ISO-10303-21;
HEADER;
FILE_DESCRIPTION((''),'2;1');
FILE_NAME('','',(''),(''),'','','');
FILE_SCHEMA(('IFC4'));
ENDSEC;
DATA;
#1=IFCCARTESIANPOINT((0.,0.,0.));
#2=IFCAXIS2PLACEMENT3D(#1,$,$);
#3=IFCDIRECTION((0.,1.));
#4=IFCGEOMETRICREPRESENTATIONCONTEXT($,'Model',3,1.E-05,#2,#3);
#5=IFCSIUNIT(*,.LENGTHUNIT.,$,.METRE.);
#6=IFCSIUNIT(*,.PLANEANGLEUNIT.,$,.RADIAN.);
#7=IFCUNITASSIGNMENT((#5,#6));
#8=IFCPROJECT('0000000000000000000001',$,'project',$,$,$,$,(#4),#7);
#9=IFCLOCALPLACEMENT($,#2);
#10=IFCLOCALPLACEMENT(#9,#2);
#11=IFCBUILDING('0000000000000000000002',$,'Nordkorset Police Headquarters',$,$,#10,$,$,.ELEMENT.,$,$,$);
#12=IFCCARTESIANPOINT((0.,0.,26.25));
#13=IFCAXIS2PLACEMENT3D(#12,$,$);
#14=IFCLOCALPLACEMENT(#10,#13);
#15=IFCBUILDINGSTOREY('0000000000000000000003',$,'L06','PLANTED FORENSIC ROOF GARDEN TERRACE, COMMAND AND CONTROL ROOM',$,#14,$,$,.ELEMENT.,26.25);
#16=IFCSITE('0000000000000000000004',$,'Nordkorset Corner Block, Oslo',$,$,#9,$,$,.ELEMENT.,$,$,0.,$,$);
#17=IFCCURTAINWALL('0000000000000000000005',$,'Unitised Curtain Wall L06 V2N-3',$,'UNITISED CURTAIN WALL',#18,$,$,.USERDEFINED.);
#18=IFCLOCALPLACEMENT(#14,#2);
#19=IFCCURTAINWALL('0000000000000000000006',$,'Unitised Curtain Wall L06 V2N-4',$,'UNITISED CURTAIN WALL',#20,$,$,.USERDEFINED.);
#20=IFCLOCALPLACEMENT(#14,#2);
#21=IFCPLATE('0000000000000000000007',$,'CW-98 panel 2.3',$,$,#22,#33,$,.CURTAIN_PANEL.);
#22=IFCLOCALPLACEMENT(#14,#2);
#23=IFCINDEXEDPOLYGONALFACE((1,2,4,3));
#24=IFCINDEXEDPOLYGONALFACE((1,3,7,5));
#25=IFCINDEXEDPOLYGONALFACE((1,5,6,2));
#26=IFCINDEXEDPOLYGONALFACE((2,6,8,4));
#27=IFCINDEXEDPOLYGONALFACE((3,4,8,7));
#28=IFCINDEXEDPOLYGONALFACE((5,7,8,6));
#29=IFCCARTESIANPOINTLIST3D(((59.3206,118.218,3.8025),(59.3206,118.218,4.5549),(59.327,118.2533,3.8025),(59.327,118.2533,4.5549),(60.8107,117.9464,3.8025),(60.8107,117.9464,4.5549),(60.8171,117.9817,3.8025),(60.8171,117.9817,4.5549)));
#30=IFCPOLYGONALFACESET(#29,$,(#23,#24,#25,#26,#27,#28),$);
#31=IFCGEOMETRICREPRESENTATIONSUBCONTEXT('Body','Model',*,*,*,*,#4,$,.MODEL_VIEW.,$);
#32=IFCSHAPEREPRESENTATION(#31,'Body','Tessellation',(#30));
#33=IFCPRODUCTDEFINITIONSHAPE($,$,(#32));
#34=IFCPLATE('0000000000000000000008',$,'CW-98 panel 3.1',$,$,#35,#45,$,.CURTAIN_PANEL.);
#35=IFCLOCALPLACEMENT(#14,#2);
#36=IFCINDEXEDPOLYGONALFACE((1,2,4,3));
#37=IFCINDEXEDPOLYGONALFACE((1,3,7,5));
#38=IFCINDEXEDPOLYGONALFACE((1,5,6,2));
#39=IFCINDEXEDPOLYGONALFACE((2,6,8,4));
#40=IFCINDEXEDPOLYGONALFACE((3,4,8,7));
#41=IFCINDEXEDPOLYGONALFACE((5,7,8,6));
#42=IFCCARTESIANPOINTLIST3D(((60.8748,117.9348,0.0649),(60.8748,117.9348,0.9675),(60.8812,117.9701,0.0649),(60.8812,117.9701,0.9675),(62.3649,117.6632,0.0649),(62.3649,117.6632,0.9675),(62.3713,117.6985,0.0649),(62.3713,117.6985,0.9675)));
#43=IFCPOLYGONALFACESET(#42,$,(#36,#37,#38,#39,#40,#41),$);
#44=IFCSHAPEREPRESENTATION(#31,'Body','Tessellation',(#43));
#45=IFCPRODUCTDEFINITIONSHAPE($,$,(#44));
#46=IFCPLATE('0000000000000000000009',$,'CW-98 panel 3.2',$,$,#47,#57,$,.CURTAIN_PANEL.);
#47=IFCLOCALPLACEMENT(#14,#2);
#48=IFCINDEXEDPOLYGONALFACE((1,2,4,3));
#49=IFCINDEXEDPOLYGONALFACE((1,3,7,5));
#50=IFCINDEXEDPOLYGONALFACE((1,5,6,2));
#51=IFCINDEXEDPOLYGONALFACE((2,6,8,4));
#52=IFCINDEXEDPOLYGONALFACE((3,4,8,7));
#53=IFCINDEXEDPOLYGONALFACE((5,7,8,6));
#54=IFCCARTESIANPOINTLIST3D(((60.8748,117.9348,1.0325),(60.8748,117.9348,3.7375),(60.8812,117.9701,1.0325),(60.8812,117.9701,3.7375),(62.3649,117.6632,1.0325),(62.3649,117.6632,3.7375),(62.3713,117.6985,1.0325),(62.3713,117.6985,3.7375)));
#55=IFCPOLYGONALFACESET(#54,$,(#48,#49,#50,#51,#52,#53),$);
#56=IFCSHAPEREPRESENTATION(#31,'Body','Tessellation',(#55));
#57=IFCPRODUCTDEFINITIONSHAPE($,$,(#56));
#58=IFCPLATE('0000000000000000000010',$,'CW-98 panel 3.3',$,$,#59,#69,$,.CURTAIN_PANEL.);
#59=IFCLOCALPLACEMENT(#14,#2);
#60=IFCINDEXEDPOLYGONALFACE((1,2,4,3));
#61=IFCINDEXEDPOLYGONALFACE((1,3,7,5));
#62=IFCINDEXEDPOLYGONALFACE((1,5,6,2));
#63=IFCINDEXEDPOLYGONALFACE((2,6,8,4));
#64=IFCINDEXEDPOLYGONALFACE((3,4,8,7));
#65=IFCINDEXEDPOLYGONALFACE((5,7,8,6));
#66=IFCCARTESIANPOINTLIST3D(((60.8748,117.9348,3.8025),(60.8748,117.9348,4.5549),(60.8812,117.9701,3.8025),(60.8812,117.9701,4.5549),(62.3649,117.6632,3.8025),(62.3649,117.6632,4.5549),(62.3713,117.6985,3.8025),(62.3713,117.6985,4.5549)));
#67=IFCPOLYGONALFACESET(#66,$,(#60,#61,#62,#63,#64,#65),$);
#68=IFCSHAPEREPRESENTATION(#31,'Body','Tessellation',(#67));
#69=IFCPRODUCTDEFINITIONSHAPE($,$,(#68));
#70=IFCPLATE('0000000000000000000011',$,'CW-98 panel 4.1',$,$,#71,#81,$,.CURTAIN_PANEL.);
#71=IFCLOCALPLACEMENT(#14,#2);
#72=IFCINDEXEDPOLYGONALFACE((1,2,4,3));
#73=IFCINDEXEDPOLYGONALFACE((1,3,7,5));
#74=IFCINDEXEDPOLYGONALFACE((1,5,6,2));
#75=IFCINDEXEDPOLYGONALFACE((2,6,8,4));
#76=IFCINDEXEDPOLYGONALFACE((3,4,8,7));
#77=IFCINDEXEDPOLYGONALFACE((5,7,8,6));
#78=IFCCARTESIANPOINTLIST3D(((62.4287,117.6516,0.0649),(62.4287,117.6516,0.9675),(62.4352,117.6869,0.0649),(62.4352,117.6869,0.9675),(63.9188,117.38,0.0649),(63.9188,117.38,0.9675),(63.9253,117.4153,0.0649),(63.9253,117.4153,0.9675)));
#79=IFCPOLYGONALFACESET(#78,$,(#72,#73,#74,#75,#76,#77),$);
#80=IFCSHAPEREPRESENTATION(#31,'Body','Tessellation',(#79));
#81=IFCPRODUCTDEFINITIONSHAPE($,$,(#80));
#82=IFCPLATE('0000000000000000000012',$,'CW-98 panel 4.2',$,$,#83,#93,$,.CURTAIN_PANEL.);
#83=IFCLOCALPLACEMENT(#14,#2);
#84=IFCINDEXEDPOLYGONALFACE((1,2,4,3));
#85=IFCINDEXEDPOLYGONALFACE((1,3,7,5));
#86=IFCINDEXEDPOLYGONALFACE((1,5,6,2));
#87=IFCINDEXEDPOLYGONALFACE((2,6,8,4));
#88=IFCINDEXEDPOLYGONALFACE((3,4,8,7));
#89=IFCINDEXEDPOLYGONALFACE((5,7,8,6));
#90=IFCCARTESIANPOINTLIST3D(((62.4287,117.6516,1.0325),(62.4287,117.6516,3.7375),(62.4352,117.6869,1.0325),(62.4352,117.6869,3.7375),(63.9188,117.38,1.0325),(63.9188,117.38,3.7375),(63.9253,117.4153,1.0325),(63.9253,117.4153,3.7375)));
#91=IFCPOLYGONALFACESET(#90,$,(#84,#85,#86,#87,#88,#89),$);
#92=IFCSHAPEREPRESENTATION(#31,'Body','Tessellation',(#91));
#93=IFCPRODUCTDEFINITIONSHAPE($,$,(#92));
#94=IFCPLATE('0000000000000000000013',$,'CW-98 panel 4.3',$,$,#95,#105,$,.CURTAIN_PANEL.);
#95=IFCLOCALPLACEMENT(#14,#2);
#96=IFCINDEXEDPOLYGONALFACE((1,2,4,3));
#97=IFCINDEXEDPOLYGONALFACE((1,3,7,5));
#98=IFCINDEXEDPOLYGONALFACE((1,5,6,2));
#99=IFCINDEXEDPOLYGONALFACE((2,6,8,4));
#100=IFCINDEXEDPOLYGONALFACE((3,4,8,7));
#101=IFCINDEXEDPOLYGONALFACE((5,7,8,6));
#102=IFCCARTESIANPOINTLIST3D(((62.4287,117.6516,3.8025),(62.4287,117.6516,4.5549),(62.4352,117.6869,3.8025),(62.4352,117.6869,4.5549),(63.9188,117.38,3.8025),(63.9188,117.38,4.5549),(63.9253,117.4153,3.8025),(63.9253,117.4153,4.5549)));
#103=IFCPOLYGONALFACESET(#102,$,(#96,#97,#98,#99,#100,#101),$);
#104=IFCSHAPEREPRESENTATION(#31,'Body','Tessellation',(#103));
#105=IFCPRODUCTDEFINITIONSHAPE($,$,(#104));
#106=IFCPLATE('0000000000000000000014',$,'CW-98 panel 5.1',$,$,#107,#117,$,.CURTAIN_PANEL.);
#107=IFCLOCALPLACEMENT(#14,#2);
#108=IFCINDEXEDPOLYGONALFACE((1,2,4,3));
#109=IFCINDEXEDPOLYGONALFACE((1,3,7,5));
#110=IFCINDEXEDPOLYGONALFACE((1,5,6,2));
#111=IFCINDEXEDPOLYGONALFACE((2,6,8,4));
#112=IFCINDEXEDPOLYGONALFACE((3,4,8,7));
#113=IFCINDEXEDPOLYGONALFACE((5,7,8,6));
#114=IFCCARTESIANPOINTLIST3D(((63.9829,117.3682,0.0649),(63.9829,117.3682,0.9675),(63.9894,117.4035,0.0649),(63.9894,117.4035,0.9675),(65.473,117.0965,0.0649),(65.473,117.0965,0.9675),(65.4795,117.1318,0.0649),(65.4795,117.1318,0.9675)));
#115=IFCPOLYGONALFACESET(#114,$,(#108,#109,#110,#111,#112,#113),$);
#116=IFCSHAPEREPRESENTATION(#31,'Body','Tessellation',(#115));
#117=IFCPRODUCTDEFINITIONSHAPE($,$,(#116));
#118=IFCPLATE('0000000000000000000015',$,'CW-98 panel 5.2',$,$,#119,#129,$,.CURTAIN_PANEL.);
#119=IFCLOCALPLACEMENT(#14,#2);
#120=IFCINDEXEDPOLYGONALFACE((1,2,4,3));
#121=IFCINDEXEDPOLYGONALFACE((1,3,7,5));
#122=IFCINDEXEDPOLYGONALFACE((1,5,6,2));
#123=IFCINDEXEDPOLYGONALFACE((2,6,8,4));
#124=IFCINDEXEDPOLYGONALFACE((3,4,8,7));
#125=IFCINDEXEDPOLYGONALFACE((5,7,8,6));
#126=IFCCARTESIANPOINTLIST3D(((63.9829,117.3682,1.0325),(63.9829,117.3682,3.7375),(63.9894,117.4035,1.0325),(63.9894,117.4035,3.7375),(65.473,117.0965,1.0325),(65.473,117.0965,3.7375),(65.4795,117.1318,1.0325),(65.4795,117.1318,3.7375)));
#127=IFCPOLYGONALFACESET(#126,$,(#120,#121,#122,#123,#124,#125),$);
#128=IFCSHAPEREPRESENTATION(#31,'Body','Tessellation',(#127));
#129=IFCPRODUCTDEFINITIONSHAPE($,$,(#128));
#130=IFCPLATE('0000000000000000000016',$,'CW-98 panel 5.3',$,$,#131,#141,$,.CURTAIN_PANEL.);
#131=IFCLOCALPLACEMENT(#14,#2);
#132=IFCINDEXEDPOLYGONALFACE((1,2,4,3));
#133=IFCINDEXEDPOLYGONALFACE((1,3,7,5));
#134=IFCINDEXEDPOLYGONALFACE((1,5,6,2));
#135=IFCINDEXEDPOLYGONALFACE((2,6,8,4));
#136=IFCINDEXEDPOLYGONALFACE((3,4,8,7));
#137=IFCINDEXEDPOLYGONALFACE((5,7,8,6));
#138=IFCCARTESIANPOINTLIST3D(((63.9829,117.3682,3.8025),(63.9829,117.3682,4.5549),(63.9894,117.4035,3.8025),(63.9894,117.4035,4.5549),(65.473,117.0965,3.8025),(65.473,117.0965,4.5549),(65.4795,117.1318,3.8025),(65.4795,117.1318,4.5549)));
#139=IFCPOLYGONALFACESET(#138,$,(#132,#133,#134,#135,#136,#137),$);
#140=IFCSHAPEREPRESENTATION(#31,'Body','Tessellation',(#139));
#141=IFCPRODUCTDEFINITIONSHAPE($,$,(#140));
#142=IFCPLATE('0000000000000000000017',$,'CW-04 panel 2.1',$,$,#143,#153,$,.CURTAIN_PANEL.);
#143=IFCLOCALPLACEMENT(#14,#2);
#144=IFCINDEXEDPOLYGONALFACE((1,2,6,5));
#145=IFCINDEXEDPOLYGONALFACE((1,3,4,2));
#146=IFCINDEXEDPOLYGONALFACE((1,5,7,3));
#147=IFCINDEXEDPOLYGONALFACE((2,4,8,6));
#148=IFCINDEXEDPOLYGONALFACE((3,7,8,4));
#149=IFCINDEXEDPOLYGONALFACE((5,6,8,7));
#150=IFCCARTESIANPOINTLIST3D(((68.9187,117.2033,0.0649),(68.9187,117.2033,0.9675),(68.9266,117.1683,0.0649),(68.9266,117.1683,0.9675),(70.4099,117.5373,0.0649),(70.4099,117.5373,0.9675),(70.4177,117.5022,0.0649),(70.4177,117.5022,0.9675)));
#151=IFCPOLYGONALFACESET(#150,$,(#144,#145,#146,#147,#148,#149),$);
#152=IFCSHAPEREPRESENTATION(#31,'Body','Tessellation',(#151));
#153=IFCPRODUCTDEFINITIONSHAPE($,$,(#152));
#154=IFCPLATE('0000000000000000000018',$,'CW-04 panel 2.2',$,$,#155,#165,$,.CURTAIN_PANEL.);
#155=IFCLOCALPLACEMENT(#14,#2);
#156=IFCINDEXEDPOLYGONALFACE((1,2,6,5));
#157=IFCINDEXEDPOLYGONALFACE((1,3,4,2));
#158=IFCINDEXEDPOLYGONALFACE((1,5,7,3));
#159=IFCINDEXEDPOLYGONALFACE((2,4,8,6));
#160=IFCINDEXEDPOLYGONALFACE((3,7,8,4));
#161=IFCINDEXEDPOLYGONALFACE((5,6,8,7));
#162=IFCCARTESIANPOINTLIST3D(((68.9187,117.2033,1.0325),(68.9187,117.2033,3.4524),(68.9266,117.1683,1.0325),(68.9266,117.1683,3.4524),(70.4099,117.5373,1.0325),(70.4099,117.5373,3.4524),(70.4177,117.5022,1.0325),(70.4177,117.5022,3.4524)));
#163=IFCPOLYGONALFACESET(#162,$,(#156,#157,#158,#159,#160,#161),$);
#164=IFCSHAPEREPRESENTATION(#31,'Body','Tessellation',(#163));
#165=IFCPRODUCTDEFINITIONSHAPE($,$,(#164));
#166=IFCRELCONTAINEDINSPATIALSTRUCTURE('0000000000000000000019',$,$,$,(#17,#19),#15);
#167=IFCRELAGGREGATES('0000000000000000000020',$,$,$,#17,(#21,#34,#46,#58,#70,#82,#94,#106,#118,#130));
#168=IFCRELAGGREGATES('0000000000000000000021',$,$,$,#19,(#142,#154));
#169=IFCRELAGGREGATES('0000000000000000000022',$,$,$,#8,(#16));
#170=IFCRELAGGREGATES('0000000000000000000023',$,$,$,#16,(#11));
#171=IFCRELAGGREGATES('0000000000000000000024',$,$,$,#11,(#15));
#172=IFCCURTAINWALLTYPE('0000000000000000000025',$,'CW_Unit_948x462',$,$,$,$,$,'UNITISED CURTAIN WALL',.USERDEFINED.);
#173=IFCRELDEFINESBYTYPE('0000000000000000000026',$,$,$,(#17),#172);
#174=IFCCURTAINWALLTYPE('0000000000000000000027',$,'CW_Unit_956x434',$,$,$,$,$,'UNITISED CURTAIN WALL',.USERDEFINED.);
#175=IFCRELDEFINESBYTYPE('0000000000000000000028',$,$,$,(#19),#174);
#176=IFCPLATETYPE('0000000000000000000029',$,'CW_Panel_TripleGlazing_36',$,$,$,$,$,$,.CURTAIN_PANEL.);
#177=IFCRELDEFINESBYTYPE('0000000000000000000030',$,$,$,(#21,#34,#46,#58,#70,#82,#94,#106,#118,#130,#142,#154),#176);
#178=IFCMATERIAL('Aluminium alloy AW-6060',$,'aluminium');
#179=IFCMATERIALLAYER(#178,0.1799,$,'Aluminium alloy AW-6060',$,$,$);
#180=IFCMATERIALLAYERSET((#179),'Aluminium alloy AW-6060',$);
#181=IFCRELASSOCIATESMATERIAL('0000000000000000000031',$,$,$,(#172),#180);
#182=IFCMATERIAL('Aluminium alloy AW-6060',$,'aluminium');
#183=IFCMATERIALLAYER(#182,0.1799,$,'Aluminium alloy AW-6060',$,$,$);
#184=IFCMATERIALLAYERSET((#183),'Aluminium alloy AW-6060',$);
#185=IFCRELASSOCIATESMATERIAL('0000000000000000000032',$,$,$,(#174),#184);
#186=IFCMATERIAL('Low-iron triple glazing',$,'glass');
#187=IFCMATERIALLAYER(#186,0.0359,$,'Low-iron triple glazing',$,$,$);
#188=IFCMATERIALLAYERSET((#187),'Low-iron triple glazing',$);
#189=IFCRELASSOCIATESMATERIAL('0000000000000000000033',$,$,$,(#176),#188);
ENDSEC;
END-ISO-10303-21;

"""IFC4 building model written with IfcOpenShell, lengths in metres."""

from ifc_helpers import new_model, si_unit, direction, frame, origin, origin_2d, place, context, subcontext, project, spatial, rectangle, extrude, material, layer, layer_set, type_object, element, aggregate, save


model = new_model("IFC4")

# Units and contexts
model_context = context("Model", 3, precision=1e-05, world=origin(), true_north=direction((0.0, 1.0)))
body_context = subcontext(model_context, "Body", "Model", "MODEL_VIEW")
ifc_project = project(units=[si_unit("LENGTHUNIT", "METRE"), si_unit("PLANEANGLEUNIT", "RADIAN")], contexts=[model_context])

# Site, building, storey
site_placement = place(None, origin())
site = spatial("IfcSite", under=ifc_project, at=site_placement, Name="Nordkorset Corner Block, Oslo", CompositionType="ELEMENT", RefElevation=0.0)
building_placement = place(site_placement, origin())
building = spatial("IfcBuilding", under=site, at=building_placement, Name="Nordkorset Police Headquarters", CompositionType="ELEMENT")
storey_placement = place(building_placement, frame((0.0, 0.0, 26.25)))
storey = spatial("IfcBuildingStorey", under=building, at=storey_placement, Name="L06", Description="PLANTED FORENSIC ROOF GARDEN TERRACE, COMMAND AND CONTROL ROOM", CompositionType="ELEMENT", Elevation=26.25)

# Curtain walls
ifc_material_1 = material(Name="Aluminium alloy AW-6060", Category="aluminium")
ifc_layer_1 = layer(ifc_material_1, 0.1799, Name="Aluminium alloy AW-6060")
ifc_layer_set_1 = layer_set([ifc_layer_1], Name="Aluminium alloy AW-6060")
curtain_wall_type_1 = type_object("IfcCurtainWallType", Name="CW_Unit_948x462", ElementType="UNITISED CURTAIN WALL", PredefinedType="USERDEFINED", material=ifc_layer_set_1)
curtain_wall_1_placement = place(storey_placement, origin())
curtain_wall_1 = element("IfcCurtainWall", 1, at=curtain_wall_1_placement, inside=storey, type_object=curtain_wall_type_1, Name="Unitised Curtain Wall L06 V2N-3", ObjectType="UNITISED CURTAIN WALL", PredefinedType="USERDEFINED")
ifc_material_2 = material(Name="Aluminium alloy AW-6060", Category="aluminium")
ifc_layer_2 = layer(ifc_material_2, 0.1799, Name="Aluminium alloy AW-6060")
ifc_layer_set_2 = layer_set([ifc_layer_2], Name="Aluminium alloy AW-6060")
curtain_wall_type_2 = type_object("IfcCurtainWallType", Name="CW_Unit_956x434", ElementType="UNITISED CURTAIN WALL", PredefinedType="USERDEFINED", material=ifc_layer_set_2)
curtain_wall_2_placement = place(storey_placement, origin())
curtain_wall_2 = element("IfcCurtainWall", 2, at=curtain_wall_2_placement, inside=storey, type_object=curtain_wall_type_2, Name="Unitised Curtain Wall L06 V2N-4", ObjectType="UNITISED CURTAIN WALL", PredefinedType="USERDEFINED")

# Plates
ifc_material_3 = material(Name="Low-iron triple glazing", Category="glass")
ifc_layer_3 = layer(ifc_material_3, 0.0359, Name="Low-iron triple glazing")
ifc_layer_set_3 = layer_set([ifc_layer_3], Name="Low-iron triple glazing")
plate_type = type_object("IfcPlateType", Name="CW_Panel_TripleGlazing_36", PredefinedType="CURTAIN_PANEL", material=ifc_layer_set_3)
plate_1_placement = place(storey_placement, frame((60.0688, 118.0999, 3.8025), z_axis=(0.0, 0.0, 1.0), x_axis=(0.983788, -0.179336, 0.0)))
plate_1 = element("IfcPlate", 3, at=plate_1_placement, type_object=plate_type, Name="CW-98 panel 2.3", PredefinedType="CURTAIN_PANEL", context=body_context, shape_type="SweptSolid", body=[
    extrude(rectangle(XDim=1.5146, YDim=0.0359, at=origin_2d()), origin(), (0.0, 0.0, 1.0), 0.7524),
])
plate_2_placement = place(storey_placement, frame((61.623, 117.8167, 0.0649), z_axis=(0.0, 0.0, 1.0), x_axis=(0.983788, -0.179336, 0.0)))
plate_2 = element("IfcPlate", 4, at=plate_2_placement, type_object=plate_type, Name="CW-98 panel 3.1", PredefinedType="CURTAIN_PANEL", context=body_context, shape_type="SweptSolid", body=[
    extrude(rectangle(XDim=1.5146, YDim=0.0359, at=origin_2d()), origin(), (0.0, 0.0, 1.0), 0.9026),
])
plate_3_placement = place(storey_placement, frame((61.623, 117.8167, 1.0325), z_axis=(0.0, 0.0, 1.0), x_axis=(0.983788, -0.179336, 0.0)))
plate_3 = element("IfcPlate", 5, at=plate_3_placement, type_object=plate_type, Name="CW-98 panel 3.2", PredefinedType="CURTAIN_PANEL", context=body_context, shape_type="SweptSolid", body=[
    extrude(rectangle(XDim=1.5146, YDim=0.0359, at=origin_2d()), origin(), (0.0, 0.0, 1.0), 2.7051),
])
plate_4_placement = place(storey_placement, frame((61.623, 117.8167, 3.8025), z_axis=(0.0, 0.0, 1.0), x_axis=(0.983788, -0.179336, 0.0)))
plate_4 = element("IfcPlate", 6, at=plate_4_placement, type_object=plate_type, Name="CW-98 panel 3.3", PredefinedType="CURTAIN_PANEL", context=body_context, shape_type="SweptSolid", body=[
    extrude(rectangle(XDim=1.5146, YDim=0.0359, at=origin_2d()), origin(), (0.0, 0.0, 1.0), 0.7524),
])
plate_5_placement = place(storey_placement, frame((63.177, 117.5334, 0.0649), z_axis=(0.0, 0.0, 1.0), x_axis=(0.983788, -0.179336, 0.0)))
plate_5 = element("IfcPlate", 7, at=plate_5_placement, type_object=plate_type, Name="CW-98 panel 4.1", PredefinedType="CURTAIN_PANEL", context=body_context, shape_type="SweptSolid", body=[
    extrude(rectangle(XDim=1.5146, YDim=0.0359, at=origin_2d()), origin(), (0.0, 0.0, 1.0), 0.9026),
])
plate_6_placement = place(storey_placement, frame((63.177, 117.5334, 1.0325), z_axis=(0.0, 0.0, 1.0), x_axis=(0.983788, -0.179336, 0.0)))
plate_6 = element("IfcPlate", 8, at=plate_6_placement, type_object=plate_type, Name="CW-98 panel 4.2", PredefinedType="CURTAIN_PANEL", context=body_context, shape_type="SweptSolid", body=[
    extrude(rectangle(XDim=1.5146, YDim=0.0359, at=origin_2d()), origin(), (0.0, 0.0, 1.0), 2.7051),
])
plate_7_placement = place(storey_placement, frame((63.177, 117.5334, 3.8025), z_axis=(0.0, 0.0, 1.0), x_axis=(0.983788, -0.179336, 0.0)))
plate_7 = element("IfcPlate", 9, at=plate_7_placement, type_object=plate_type, Name="CW-98 panel 4.3", PredefinedType="CURTAIN_PANEL", context=body_context, shape_type="SweptSolid", body=[
    extrude(rectangle(XDim=1.5146, YDim=0.0359, at=origin_2d()), origin(), (0.0, 0.0, 1.0), 0.7524),
])
plate_8_placement = place(storey_placement, frame((64.7312, 117.25, 0.0649), z_axis=(0.0, 0.0, 1.0), x_axis=(0.983788, -0.179336, 0.0)))
plate_8 = element("IfcPlate", 10, at=plate_8_placement, type_object=plate_type, Name="CW-98 panel 5.1", PredefinedType="CURTAIN_PANEL", context=body_context, shape_type="SweptSolid", body=[
    extrude(rectangle(XDim=1.5146, YDim=0.0359, at=origin_2d()), origin(), (0.0, 0.0, 1.0), 0.9026),
])
plate_9_placement = place(storey_placement, frame((64.7312, 117.25, 1.0325), z_axis=(0.0, 0.0, 1.0), x_axis=(0.983788, -0.179336, 0.0)))
plate_9 = element("IfcPlate", 11, at=plate_9_placement, type_object=plate_type, Name="CW-98 panel 5.2", PredefinedType="CURTAIN_PANEL", context=body_context, shape_type="SweptSolid", body=[
    extrude(rectangle(XDim=1.5146, YDim=0.0359, at=origin_2d()), origin(), (0.0, 0.0, 1.0), 2.7051),
])
plate_10_placement = place(storey_placement, frame((64.7312, 117.25, 3.8025), z_axis=(0.0, 0.0, 1.0), x_axis=(0.983788, -0.179336, 0.0)))
plate_10 = element("IfcPlate", 12, at=plate_10_placement, type_object=plate_type, Name="CW-98 panel 5.3", PredefinedType="CURTAIN_PANEL", context=body_context, shape_type="SweptSolid", body=[
    extrude(rectangle(XDim=1.5146, YDim=0.0359, at=origin_2d()), origin(), (0.0, 0.0, 1.0), 0.7524),
])
aggregate(curtain_wall_1, [plate_1, plate_2, plate_3, plate_4, plate_5, plate_6, plate_7, plate_8, plate_9, plate_10])
plate_11_placement = place(storey_placement, frame((69.6682, 117.3528, 0.0649), z_axis=(0.0, 0.0, 1.0), x_axis=(0.975827, 0.218544, 0.0)))
plate_11 = element("IfcPlate", 13, at=plate_11_placement, type_object=plate_type, Name="CW-04 panel 2.1", PredefinedType="CURTAIN_PANEL", context=body_context, shape_type="SweptSolid", body=[
    extrude(rectangle(XDim=1.5281, YDim=0.0359, at=origin_2d()), origin(), (0.0, 0.0, 1.0), 0.9026),
])
plate_12_placement = place(storey_placement, frame((69.6682, 117.3528, 1.0325), z_axis=(0.0, 0.0, 1.0), x_axis=(0.975827, 0.218544, 0.0)))
plate_12 = element("IfcPlate", 14, at=plate_12_placement, type_object=plate_type, Name="CW-04 panel 2.2", PredefinedType="CURTAIN_PANEL", context=body_context, shape_type="SweptSolid", body=[
    extrude(rectangle(XDim=1.5281, YDim=0.0359, at=origin_2d()), origin(), (0.0, 0.0, 1.0), 2.4199),
])
aggregate(curtain_wall_2, [plate_11, plate_12])

save(model, "model.ifc")
